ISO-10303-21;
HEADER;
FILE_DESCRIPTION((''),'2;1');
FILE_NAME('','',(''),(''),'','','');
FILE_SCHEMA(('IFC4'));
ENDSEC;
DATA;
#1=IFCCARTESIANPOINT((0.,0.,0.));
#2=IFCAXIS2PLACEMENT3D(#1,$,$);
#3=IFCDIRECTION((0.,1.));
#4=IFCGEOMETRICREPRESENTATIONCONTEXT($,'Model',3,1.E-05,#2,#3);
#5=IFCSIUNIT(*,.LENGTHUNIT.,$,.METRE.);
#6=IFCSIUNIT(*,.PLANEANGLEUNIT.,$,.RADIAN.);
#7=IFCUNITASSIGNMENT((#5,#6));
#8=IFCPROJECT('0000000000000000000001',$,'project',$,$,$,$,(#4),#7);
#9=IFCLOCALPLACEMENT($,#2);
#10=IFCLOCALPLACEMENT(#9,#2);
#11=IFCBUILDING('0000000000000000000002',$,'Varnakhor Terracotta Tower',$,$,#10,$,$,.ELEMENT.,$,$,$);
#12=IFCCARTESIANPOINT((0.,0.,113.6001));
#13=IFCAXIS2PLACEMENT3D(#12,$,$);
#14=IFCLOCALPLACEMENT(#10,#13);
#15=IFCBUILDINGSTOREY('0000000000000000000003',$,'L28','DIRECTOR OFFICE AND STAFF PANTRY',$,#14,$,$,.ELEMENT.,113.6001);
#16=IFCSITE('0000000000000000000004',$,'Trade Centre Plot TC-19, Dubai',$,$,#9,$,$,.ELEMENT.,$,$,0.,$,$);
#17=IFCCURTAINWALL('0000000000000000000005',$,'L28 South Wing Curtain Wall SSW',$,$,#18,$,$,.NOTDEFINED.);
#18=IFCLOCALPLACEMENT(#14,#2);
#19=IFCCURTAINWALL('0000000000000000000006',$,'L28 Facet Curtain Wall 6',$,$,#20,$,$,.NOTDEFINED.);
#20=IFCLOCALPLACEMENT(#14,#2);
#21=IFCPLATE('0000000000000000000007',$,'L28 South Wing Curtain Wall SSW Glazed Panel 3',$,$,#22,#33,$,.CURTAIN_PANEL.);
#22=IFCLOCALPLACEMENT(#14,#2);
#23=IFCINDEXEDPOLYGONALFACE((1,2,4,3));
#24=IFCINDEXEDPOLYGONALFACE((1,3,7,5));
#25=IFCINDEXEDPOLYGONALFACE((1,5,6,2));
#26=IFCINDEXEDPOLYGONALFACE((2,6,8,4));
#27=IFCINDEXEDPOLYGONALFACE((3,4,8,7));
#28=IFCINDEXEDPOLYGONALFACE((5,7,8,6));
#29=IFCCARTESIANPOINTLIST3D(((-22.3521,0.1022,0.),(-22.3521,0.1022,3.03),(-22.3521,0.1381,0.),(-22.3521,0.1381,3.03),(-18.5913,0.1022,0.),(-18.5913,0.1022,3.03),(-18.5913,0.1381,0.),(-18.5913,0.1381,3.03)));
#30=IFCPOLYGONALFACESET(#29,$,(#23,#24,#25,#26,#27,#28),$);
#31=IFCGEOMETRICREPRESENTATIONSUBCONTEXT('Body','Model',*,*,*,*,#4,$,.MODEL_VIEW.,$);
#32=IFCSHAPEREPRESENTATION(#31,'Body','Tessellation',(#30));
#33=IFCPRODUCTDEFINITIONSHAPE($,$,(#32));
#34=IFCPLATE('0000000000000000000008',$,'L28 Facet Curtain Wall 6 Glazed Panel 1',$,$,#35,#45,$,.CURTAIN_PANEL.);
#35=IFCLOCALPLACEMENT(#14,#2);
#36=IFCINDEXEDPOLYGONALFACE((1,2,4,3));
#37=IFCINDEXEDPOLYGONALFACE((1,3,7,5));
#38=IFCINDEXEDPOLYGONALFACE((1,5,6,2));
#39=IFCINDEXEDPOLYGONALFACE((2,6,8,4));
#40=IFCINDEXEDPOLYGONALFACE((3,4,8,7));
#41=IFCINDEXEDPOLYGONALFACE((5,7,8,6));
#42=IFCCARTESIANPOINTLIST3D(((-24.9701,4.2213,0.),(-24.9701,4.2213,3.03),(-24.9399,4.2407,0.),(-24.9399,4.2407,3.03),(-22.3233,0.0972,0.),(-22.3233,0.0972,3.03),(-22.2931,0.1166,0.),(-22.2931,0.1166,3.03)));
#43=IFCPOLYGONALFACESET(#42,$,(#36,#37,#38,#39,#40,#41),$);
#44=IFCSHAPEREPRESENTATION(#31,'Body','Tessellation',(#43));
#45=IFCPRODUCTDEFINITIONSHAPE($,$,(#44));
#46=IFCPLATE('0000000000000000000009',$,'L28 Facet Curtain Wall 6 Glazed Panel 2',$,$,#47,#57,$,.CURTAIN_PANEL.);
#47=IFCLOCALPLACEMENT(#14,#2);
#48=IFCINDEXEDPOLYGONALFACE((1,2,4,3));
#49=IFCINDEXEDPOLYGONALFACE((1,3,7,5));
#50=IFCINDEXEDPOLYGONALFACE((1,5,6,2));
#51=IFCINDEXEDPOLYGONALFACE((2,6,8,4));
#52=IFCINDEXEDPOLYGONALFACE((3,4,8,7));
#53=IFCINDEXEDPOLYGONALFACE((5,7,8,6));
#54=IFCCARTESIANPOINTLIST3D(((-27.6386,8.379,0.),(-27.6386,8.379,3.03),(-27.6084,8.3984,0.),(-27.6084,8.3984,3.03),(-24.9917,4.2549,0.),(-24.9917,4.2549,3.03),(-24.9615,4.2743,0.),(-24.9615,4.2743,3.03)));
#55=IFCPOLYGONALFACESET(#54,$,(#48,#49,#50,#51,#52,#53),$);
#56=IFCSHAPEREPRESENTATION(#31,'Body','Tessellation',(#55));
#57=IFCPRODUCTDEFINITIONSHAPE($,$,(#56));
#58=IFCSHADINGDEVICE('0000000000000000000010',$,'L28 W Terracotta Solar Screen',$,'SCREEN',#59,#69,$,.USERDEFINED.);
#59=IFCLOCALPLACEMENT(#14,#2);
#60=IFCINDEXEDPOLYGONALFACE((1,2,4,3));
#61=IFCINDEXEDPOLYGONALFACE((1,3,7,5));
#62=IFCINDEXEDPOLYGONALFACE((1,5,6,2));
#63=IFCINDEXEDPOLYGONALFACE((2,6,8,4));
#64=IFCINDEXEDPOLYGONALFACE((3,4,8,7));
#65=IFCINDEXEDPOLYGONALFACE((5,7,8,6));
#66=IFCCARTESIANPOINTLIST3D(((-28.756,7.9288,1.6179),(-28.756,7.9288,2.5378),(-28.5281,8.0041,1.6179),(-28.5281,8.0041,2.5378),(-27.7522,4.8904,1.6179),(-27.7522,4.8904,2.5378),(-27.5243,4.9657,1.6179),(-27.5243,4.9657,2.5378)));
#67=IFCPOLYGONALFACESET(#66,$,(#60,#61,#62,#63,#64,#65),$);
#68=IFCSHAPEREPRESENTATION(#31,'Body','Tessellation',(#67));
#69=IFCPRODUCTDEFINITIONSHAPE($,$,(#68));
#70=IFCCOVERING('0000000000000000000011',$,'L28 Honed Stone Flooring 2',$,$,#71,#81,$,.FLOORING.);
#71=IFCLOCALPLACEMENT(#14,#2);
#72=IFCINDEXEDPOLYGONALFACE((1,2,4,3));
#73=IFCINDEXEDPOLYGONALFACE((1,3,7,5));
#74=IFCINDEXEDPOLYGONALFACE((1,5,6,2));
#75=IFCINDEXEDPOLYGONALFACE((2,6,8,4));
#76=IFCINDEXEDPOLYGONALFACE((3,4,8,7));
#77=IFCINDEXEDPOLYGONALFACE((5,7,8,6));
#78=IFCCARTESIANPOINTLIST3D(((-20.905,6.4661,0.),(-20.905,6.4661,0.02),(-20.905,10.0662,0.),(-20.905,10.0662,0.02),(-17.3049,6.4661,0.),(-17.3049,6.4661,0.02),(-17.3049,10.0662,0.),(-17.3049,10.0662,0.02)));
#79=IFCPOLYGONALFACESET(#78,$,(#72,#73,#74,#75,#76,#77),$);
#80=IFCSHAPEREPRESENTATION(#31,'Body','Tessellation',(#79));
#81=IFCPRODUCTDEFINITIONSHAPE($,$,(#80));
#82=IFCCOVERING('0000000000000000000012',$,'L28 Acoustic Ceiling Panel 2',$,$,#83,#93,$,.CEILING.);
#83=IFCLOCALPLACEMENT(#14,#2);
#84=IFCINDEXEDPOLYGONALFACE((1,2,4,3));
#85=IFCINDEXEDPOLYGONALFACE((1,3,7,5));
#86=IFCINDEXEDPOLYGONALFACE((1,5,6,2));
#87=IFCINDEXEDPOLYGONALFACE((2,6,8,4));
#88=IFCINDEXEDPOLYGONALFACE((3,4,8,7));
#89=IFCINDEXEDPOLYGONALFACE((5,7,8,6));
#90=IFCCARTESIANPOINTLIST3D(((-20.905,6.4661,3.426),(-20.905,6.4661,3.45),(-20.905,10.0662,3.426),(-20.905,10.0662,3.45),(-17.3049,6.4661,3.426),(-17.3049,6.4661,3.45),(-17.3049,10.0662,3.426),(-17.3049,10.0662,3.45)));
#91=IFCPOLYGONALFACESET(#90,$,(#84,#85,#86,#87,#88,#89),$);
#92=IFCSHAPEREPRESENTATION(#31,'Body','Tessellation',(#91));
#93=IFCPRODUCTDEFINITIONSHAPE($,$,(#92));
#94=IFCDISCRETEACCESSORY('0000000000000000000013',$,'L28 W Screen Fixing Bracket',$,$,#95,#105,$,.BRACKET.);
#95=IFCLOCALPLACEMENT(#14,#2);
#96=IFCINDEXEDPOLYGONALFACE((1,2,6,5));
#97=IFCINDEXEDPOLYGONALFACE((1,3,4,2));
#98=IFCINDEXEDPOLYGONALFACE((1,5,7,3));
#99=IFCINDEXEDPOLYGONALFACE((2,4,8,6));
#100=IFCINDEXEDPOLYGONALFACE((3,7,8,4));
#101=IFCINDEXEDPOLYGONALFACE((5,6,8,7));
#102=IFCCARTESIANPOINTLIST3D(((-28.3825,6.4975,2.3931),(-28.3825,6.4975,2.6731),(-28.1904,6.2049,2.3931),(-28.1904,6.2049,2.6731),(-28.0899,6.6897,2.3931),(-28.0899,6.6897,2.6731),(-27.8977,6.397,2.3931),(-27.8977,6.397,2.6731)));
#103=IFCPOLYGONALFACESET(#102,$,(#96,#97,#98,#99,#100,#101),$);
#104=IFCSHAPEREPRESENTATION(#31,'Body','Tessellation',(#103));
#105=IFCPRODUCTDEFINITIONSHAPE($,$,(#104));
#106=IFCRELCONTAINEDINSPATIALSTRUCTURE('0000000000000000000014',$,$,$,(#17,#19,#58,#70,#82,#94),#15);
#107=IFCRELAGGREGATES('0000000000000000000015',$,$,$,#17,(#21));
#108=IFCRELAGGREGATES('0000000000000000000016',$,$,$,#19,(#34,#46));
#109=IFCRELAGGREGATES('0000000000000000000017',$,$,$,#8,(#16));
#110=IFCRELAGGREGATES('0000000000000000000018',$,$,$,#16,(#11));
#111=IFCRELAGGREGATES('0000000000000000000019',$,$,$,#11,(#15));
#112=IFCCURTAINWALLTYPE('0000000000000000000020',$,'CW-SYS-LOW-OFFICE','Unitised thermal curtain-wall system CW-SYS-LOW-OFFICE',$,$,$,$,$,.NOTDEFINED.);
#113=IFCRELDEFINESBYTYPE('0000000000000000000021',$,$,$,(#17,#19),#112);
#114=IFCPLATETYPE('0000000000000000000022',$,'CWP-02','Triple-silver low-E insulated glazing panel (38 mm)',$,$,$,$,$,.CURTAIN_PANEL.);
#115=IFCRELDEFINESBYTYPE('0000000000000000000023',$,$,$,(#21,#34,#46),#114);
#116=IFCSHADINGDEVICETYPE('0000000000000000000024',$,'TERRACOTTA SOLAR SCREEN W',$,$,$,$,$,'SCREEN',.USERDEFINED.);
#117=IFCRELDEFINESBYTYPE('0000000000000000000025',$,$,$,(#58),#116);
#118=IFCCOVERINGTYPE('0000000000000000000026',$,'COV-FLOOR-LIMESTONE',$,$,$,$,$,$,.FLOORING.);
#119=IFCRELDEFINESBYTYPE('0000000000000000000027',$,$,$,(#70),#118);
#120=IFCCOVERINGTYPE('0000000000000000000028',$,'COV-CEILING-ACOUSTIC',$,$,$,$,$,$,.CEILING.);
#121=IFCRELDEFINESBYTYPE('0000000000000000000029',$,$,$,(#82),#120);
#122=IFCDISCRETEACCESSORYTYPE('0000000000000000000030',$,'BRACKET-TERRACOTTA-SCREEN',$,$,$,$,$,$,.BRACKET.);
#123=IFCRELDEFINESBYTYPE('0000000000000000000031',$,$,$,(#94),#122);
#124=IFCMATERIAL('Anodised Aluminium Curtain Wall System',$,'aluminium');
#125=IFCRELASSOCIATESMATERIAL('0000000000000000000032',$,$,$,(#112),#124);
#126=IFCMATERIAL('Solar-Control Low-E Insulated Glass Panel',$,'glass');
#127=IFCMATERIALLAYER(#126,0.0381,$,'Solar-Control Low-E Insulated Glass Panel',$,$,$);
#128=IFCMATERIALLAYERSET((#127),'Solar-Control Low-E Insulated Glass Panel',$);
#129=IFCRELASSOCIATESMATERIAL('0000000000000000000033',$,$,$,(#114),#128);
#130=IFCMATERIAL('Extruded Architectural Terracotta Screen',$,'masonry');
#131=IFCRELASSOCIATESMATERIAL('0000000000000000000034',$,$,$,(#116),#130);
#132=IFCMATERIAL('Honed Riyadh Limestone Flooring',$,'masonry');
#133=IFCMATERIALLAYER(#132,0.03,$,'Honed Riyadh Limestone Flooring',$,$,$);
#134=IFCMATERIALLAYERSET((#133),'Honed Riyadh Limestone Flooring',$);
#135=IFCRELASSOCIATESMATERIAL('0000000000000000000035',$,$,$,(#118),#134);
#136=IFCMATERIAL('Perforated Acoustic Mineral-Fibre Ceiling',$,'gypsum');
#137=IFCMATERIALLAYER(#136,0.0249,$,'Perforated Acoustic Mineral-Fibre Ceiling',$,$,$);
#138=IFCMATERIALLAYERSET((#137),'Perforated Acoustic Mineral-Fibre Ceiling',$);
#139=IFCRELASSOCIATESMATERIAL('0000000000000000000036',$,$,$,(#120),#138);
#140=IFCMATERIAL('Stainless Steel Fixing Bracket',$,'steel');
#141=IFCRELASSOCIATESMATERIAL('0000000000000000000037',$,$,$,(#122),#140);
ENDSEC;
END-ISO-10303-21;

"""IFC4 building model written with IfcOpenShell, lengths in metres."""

from ifc_helpers import new_model, si_unit, direction, frame, origin, origin_2d, place, context, subcontext, project, spatial, rectangle, extrude, source, transform, mapped, material, layer, layer_set, type_object, type_shapes, element, aggregate, save


model = new_model("IFC4")

# Units and contexts
model_context = context("Model", 3, precision=1e-05, world=origin(), true_north=direction((0.0, 1.0)))
body_context = subcontext(model_context, "Body", "Model", "MODEL_VIEW")
ifc_project = project(units=[si_unit("LENGTHUNIT", "METRE"), si_unit("PLANEANGLEUNIT", "RADIAN")], contexts=[model_context])

# Site, building, storey
site_placement = place(None, origin())
site = spatial("IfcSite", under=ifc_project, at=site_placement, Name="Trade Centre Plot TC-19, Dubai", CompositionType="ELEMENT", RefElevation=0.0)
building_placement = place(site_placement, origin())
building = spatial("IfcBuilding", under=site, at=building_placement, Name="Varnakhor Terracotta Tower", CompositionType="ELEMENT")
storey_placement = place(building_placement, frame((0.0, 0.0, 113.6001)))
storey = spatial("IfcBuildingStorey", under=building, at=storey_placement, Name="L28", Description="DIRECTOR OFFICE AND STAFF PANTRY", CompositionType="ELEMENT", Elevation=113.6001)

# Curtain walls
ifc_material_1 = material(Name="Anodised Aluminium Curtain Wall System", Category="aluminium")
curtain_wall_type = type_object("IfcCurtainWallType", Name="CW-SYS-LOW-OFFICE", Description="Unitised thermal curtain-wall system CW-SYS-LOW-OFFICE", PredefinedType="NOTDEFINED", material=ifc_material_1)
curtain_wall_1_placement = place(storey_placement, origin())
curtain_wall_1 = element("IfcCurtainWall", 1, at=curtain_wall_1_placement, inside=storey, type_object=curtain_wall_type, Name="L28 South Wing Curtain Wall SSW", PredefinedType="NOTDEFINED")
curtain_wall_2_placement = place(storey_placement, origin())
curtain_wall_2 = element("IfcCurtainWall", 2, at=curtain_wall_2_placement, inside=storey, type_object=curtain_wall_type, Name="L28 Facet Curtain Wall 6", PredefinedType="NOTDEFINED")

# Plates
ifc_material_2 = material(Name="Solar-Control Low-E Insulated Glass Panel", Category="glass")
ifc_layer_1 = layer(ifc_material_2, 0.0381, Name="Solar-Control Low-E Insulated Glass Panel")
ifc_layer_set_1 = layer_set([ifc_layer_1], Name="Solar-Control Low-E Insulated Glass Panel")
plate_type = type_object("IfcPlateType", Name="CWP-02", Description="Triple-silver low-E insulated glazing panel (38 mm)", PredefinedType="CURTAIN_PANEL", material=ifc_layer_set_1)
shared_shape_1 = source(origin(), body_context, "Body", "SweptSolid", [
    extrude(rectangle(XDim=3.7607, YDim=0.0359, at=origin_2d()), origin(), (0.0, 0.0, 1.0), 3.03),
])
plate_1_placement = place(storey_placement, frame((-20.4717, 0.1201, 0.0), z_axis=(0.0, 0.0, 1.0), x_axis=(-1.0, 0.0, 0.0)))
plate_1 = element("IfcPlate", 3, at=plate_1_placement, type_object=plate_type, Name="L28 South Wing Curtain Wall SSW Glazed Panel 3", PredefinedType="CURTAIN_PANEL", context=body_context, shape_type="MappedRepresentation", body=[
    mapped(shared_shape_1, transform((0.0, 0.0, 0.0), scale=1.0)),
])
aggregate(curtain_wall_1, [plate_1])
shared_shape_2 = source(origin(), body_context, "Body", "SweptSolid", [
    extrude(rectangle(XDim=4.9004, YDim=0.0359, at=origin_2d()), origin(), (0.0, 0.0, 1.0), 3.03),
])
plate_2_placement = place(storey_placement, frame((-23.6316, 2.1689, 0.0), z_axis=(0.0, 0.0, 1.0), x_axis=(-0.540123, 0.841586, 0.0)))
plate_2 = element("IfcPlate", 4, at=plate_2_placement, type_object=plate_type, Name="L28 Facet Curtain Wall 6 Glazed Panel 1", PredefinedType="CURTAIN_PANEL", context=body_context, shape_type="MappedRepresentation", body=[
    mapped(shared_shape_2, transform((0.0, 0.0, 0.0), scale=1.0)),
])
plate_3_placement = place(storey_placement, frame((-26.3, 6.3267, 0.0), z_axis=(0.0, 0.0, 1.0), x_axis=(-0.540123, 0.841586, 0.0)))
plate_3 = element("IfcPlate", 5, at=plate_3_placement, type_object=plate_type, Name="L28 Facet Curtain Wall 6 Glazed Panel 2", PredefinedType="CURTAIN_PANEL", context=body_context, shape_type="MappedRepresentation", body=[
    mapped(shared_shape_2, transform((0.0, 0.0, 0.0), scale=1.0)),
])
aggregate(curtain_wall_2, [plate_2, plate_3])

# Shading device
ifc_material_3 = material(Name="Extruded Architectural Terracotta Screen", Category="masonry")
shading_device_type = type_object("IfcShadingDeviceType", Name="TERRACOTTA SOLAR SCREEN W", ElementType="SCREEN", PredefinedType="USERDEFINED", material=ifc_material_3)
shared_shape_3 = source(origin(), body_context, "Body", "SweptSolid", [
    extrude(rectangle(XDim=3.2, YDim=0.24, at=origin_2d()), origin(), (0.0, 0.0, 1.0), 0.9199),
])
type_shapes(shading_device_type, [shared_shape_3])
shading_device_placement = place(storey_placement, frame((-28.1401, 6.4473, 1.6179), z_axis=(0.0, 0.0, 1.0), x_axis=(0.313694, -0.949524, 0.0)))
element("IfcShadingDevice", 6, at=shading_device_placement, inside=storey, type_object=shading_device_type, Name="L28 W Terracotta Solar Screen", ObjectType="SCREEN", PredefinedType="USERDEFINED", context=body_context, shape_type="MappedRepresentation", body=[
    mapped(shared_shape_3, transform((0.0, 0.0, 0.0), scale=1.0)),
])

# Coverings
ifc_material_4 = material(Name="Honed Riyadh Limestone Flooring", Category="masonry")
ifc_layer_2 = layer(ifc_material_4, 0.03, Name="Honed Riyadh Limestone Flooring")
ifc_layer_set_2 = layer_set([ifc_layer_2], Name="Honed Riyadh Limestone Flooring")
covering_type_1 = type_object("IfcCoveringType", Name="COV-FLOOR-LIMESTONE", PredefinedType="FLOORING", material=ifc_layer_set_2)
shared_shape_4 = source(origin(), body_context, "Body", "SweptSolid", [
    extrude(rectangle(XDim=3.6001, YDim=3.6001, at=origin_2d()), origin(), (0.0, 0.0, 1.0), 0.02),
])
covering_1_placement = place(storey_placement, frame((-19.105, 8.2661, 0.0), z_axis=(0.0, 0.0, 1.0), x_axis=(1.0, 0.0, 0.0)))
element("IfcCovering", 7, at=covering_1_placement, inside=storey, type_object=covering_type_1, Name="L28 Honed Stone Flooring 2", PredefinedType="FLOORING", context=body_context, shape_type="MappedRepresentation", body=[
    mapped(shared_shape_4, transform((0.0, 0.0, 0.0), scale=1.0)),
])
ifc_material_5 = material(Name="Perforated Acoustic Mineral-Fibre Ceiling", Category="gypsum")
ifc_layer_3 = layer(ifc_material_5, 0.0249, Name="Perforated Acoustic Mineral-Fibre Ceiling")
ifc_layer_set_3 = layer_set([ifc_layer_3], Name="Perforated Acoustic Mineral-Fibre Ceiling")
covering_type_2 = type_object("IfcCoveringType", Name="COV-CEILING-ACOUSTIC", PredefinedType="CEILING", material=ifc_layer_set_3)
shared_shape_5 = source(origin(), body_context, "Body", "SweptSolid", [
    extrude(rectangle(XDim=3.6001, YDim=3.6001, at=origin_2d()), origin(), (0.0, 0.0, 1.0), 0.0239),
])
covering_2_placement = place(storey_placement, frame((-19.105, 8.2661, 3.426), z_axis=(0.0, 0.0, 1.0), x_axis=(1.0, 0.0, 0.0)))
element("IfcCovering", 8, at=covering_2_placement, inside=storey, type_object=covering_type_2, Name="L28 Acoustic Ceiling Panel 2", PredefinedType="CEILING", context=body_context, shape_type="MappedRepresentation", body=[
    mapped(shared_shape_5, transform((0.0, 0.0, 0.0), scale=1.0)),
])

# Discrete accessory
ifc_material_6 = material(Name="Stainless Steel Fixing Bracket", Category="steel")
discrete_accessory_type = type_object("IfcDiscreteAccessoryType", Name="BRACKET-TERRACOTTA-SCREEN", PredefinedType="BRACKET", material=ifc_material_6)
shared_shape_6 = source(origin(), body_context, "Body", "SweptSolid", [
    extrude(rectangle(XDim=0.3501, YDim=0.3501, at=origin_2d()), origin(), (0.0, 0.0, 1.0), 0.28),
])
type_shapes(discrete_accessory_type, [shared_shape_6])
discrete_accessory_placement = place(storey_placement, frame((-28.1401, 6.4473, 2.3931), z_axis=(0.0, 0.0, 1.0), x_axis=(0.54876, -0.83598, 0.0)))
element("IfcDiscreteAccessory", 9, at=discrete_accessory_placement, inside=storey, type_object=discrete_accessory_type, Name="L28 W Screen Fixing Bracket", PredefinedType="BRACKET", context=body_context, shape_type="MappedRepresentation", body=[
    mapped(shared_shape_6, transform((0.0, 0.0, 0.0), scale=1.0)),
])

save(model, "model.ifc")
